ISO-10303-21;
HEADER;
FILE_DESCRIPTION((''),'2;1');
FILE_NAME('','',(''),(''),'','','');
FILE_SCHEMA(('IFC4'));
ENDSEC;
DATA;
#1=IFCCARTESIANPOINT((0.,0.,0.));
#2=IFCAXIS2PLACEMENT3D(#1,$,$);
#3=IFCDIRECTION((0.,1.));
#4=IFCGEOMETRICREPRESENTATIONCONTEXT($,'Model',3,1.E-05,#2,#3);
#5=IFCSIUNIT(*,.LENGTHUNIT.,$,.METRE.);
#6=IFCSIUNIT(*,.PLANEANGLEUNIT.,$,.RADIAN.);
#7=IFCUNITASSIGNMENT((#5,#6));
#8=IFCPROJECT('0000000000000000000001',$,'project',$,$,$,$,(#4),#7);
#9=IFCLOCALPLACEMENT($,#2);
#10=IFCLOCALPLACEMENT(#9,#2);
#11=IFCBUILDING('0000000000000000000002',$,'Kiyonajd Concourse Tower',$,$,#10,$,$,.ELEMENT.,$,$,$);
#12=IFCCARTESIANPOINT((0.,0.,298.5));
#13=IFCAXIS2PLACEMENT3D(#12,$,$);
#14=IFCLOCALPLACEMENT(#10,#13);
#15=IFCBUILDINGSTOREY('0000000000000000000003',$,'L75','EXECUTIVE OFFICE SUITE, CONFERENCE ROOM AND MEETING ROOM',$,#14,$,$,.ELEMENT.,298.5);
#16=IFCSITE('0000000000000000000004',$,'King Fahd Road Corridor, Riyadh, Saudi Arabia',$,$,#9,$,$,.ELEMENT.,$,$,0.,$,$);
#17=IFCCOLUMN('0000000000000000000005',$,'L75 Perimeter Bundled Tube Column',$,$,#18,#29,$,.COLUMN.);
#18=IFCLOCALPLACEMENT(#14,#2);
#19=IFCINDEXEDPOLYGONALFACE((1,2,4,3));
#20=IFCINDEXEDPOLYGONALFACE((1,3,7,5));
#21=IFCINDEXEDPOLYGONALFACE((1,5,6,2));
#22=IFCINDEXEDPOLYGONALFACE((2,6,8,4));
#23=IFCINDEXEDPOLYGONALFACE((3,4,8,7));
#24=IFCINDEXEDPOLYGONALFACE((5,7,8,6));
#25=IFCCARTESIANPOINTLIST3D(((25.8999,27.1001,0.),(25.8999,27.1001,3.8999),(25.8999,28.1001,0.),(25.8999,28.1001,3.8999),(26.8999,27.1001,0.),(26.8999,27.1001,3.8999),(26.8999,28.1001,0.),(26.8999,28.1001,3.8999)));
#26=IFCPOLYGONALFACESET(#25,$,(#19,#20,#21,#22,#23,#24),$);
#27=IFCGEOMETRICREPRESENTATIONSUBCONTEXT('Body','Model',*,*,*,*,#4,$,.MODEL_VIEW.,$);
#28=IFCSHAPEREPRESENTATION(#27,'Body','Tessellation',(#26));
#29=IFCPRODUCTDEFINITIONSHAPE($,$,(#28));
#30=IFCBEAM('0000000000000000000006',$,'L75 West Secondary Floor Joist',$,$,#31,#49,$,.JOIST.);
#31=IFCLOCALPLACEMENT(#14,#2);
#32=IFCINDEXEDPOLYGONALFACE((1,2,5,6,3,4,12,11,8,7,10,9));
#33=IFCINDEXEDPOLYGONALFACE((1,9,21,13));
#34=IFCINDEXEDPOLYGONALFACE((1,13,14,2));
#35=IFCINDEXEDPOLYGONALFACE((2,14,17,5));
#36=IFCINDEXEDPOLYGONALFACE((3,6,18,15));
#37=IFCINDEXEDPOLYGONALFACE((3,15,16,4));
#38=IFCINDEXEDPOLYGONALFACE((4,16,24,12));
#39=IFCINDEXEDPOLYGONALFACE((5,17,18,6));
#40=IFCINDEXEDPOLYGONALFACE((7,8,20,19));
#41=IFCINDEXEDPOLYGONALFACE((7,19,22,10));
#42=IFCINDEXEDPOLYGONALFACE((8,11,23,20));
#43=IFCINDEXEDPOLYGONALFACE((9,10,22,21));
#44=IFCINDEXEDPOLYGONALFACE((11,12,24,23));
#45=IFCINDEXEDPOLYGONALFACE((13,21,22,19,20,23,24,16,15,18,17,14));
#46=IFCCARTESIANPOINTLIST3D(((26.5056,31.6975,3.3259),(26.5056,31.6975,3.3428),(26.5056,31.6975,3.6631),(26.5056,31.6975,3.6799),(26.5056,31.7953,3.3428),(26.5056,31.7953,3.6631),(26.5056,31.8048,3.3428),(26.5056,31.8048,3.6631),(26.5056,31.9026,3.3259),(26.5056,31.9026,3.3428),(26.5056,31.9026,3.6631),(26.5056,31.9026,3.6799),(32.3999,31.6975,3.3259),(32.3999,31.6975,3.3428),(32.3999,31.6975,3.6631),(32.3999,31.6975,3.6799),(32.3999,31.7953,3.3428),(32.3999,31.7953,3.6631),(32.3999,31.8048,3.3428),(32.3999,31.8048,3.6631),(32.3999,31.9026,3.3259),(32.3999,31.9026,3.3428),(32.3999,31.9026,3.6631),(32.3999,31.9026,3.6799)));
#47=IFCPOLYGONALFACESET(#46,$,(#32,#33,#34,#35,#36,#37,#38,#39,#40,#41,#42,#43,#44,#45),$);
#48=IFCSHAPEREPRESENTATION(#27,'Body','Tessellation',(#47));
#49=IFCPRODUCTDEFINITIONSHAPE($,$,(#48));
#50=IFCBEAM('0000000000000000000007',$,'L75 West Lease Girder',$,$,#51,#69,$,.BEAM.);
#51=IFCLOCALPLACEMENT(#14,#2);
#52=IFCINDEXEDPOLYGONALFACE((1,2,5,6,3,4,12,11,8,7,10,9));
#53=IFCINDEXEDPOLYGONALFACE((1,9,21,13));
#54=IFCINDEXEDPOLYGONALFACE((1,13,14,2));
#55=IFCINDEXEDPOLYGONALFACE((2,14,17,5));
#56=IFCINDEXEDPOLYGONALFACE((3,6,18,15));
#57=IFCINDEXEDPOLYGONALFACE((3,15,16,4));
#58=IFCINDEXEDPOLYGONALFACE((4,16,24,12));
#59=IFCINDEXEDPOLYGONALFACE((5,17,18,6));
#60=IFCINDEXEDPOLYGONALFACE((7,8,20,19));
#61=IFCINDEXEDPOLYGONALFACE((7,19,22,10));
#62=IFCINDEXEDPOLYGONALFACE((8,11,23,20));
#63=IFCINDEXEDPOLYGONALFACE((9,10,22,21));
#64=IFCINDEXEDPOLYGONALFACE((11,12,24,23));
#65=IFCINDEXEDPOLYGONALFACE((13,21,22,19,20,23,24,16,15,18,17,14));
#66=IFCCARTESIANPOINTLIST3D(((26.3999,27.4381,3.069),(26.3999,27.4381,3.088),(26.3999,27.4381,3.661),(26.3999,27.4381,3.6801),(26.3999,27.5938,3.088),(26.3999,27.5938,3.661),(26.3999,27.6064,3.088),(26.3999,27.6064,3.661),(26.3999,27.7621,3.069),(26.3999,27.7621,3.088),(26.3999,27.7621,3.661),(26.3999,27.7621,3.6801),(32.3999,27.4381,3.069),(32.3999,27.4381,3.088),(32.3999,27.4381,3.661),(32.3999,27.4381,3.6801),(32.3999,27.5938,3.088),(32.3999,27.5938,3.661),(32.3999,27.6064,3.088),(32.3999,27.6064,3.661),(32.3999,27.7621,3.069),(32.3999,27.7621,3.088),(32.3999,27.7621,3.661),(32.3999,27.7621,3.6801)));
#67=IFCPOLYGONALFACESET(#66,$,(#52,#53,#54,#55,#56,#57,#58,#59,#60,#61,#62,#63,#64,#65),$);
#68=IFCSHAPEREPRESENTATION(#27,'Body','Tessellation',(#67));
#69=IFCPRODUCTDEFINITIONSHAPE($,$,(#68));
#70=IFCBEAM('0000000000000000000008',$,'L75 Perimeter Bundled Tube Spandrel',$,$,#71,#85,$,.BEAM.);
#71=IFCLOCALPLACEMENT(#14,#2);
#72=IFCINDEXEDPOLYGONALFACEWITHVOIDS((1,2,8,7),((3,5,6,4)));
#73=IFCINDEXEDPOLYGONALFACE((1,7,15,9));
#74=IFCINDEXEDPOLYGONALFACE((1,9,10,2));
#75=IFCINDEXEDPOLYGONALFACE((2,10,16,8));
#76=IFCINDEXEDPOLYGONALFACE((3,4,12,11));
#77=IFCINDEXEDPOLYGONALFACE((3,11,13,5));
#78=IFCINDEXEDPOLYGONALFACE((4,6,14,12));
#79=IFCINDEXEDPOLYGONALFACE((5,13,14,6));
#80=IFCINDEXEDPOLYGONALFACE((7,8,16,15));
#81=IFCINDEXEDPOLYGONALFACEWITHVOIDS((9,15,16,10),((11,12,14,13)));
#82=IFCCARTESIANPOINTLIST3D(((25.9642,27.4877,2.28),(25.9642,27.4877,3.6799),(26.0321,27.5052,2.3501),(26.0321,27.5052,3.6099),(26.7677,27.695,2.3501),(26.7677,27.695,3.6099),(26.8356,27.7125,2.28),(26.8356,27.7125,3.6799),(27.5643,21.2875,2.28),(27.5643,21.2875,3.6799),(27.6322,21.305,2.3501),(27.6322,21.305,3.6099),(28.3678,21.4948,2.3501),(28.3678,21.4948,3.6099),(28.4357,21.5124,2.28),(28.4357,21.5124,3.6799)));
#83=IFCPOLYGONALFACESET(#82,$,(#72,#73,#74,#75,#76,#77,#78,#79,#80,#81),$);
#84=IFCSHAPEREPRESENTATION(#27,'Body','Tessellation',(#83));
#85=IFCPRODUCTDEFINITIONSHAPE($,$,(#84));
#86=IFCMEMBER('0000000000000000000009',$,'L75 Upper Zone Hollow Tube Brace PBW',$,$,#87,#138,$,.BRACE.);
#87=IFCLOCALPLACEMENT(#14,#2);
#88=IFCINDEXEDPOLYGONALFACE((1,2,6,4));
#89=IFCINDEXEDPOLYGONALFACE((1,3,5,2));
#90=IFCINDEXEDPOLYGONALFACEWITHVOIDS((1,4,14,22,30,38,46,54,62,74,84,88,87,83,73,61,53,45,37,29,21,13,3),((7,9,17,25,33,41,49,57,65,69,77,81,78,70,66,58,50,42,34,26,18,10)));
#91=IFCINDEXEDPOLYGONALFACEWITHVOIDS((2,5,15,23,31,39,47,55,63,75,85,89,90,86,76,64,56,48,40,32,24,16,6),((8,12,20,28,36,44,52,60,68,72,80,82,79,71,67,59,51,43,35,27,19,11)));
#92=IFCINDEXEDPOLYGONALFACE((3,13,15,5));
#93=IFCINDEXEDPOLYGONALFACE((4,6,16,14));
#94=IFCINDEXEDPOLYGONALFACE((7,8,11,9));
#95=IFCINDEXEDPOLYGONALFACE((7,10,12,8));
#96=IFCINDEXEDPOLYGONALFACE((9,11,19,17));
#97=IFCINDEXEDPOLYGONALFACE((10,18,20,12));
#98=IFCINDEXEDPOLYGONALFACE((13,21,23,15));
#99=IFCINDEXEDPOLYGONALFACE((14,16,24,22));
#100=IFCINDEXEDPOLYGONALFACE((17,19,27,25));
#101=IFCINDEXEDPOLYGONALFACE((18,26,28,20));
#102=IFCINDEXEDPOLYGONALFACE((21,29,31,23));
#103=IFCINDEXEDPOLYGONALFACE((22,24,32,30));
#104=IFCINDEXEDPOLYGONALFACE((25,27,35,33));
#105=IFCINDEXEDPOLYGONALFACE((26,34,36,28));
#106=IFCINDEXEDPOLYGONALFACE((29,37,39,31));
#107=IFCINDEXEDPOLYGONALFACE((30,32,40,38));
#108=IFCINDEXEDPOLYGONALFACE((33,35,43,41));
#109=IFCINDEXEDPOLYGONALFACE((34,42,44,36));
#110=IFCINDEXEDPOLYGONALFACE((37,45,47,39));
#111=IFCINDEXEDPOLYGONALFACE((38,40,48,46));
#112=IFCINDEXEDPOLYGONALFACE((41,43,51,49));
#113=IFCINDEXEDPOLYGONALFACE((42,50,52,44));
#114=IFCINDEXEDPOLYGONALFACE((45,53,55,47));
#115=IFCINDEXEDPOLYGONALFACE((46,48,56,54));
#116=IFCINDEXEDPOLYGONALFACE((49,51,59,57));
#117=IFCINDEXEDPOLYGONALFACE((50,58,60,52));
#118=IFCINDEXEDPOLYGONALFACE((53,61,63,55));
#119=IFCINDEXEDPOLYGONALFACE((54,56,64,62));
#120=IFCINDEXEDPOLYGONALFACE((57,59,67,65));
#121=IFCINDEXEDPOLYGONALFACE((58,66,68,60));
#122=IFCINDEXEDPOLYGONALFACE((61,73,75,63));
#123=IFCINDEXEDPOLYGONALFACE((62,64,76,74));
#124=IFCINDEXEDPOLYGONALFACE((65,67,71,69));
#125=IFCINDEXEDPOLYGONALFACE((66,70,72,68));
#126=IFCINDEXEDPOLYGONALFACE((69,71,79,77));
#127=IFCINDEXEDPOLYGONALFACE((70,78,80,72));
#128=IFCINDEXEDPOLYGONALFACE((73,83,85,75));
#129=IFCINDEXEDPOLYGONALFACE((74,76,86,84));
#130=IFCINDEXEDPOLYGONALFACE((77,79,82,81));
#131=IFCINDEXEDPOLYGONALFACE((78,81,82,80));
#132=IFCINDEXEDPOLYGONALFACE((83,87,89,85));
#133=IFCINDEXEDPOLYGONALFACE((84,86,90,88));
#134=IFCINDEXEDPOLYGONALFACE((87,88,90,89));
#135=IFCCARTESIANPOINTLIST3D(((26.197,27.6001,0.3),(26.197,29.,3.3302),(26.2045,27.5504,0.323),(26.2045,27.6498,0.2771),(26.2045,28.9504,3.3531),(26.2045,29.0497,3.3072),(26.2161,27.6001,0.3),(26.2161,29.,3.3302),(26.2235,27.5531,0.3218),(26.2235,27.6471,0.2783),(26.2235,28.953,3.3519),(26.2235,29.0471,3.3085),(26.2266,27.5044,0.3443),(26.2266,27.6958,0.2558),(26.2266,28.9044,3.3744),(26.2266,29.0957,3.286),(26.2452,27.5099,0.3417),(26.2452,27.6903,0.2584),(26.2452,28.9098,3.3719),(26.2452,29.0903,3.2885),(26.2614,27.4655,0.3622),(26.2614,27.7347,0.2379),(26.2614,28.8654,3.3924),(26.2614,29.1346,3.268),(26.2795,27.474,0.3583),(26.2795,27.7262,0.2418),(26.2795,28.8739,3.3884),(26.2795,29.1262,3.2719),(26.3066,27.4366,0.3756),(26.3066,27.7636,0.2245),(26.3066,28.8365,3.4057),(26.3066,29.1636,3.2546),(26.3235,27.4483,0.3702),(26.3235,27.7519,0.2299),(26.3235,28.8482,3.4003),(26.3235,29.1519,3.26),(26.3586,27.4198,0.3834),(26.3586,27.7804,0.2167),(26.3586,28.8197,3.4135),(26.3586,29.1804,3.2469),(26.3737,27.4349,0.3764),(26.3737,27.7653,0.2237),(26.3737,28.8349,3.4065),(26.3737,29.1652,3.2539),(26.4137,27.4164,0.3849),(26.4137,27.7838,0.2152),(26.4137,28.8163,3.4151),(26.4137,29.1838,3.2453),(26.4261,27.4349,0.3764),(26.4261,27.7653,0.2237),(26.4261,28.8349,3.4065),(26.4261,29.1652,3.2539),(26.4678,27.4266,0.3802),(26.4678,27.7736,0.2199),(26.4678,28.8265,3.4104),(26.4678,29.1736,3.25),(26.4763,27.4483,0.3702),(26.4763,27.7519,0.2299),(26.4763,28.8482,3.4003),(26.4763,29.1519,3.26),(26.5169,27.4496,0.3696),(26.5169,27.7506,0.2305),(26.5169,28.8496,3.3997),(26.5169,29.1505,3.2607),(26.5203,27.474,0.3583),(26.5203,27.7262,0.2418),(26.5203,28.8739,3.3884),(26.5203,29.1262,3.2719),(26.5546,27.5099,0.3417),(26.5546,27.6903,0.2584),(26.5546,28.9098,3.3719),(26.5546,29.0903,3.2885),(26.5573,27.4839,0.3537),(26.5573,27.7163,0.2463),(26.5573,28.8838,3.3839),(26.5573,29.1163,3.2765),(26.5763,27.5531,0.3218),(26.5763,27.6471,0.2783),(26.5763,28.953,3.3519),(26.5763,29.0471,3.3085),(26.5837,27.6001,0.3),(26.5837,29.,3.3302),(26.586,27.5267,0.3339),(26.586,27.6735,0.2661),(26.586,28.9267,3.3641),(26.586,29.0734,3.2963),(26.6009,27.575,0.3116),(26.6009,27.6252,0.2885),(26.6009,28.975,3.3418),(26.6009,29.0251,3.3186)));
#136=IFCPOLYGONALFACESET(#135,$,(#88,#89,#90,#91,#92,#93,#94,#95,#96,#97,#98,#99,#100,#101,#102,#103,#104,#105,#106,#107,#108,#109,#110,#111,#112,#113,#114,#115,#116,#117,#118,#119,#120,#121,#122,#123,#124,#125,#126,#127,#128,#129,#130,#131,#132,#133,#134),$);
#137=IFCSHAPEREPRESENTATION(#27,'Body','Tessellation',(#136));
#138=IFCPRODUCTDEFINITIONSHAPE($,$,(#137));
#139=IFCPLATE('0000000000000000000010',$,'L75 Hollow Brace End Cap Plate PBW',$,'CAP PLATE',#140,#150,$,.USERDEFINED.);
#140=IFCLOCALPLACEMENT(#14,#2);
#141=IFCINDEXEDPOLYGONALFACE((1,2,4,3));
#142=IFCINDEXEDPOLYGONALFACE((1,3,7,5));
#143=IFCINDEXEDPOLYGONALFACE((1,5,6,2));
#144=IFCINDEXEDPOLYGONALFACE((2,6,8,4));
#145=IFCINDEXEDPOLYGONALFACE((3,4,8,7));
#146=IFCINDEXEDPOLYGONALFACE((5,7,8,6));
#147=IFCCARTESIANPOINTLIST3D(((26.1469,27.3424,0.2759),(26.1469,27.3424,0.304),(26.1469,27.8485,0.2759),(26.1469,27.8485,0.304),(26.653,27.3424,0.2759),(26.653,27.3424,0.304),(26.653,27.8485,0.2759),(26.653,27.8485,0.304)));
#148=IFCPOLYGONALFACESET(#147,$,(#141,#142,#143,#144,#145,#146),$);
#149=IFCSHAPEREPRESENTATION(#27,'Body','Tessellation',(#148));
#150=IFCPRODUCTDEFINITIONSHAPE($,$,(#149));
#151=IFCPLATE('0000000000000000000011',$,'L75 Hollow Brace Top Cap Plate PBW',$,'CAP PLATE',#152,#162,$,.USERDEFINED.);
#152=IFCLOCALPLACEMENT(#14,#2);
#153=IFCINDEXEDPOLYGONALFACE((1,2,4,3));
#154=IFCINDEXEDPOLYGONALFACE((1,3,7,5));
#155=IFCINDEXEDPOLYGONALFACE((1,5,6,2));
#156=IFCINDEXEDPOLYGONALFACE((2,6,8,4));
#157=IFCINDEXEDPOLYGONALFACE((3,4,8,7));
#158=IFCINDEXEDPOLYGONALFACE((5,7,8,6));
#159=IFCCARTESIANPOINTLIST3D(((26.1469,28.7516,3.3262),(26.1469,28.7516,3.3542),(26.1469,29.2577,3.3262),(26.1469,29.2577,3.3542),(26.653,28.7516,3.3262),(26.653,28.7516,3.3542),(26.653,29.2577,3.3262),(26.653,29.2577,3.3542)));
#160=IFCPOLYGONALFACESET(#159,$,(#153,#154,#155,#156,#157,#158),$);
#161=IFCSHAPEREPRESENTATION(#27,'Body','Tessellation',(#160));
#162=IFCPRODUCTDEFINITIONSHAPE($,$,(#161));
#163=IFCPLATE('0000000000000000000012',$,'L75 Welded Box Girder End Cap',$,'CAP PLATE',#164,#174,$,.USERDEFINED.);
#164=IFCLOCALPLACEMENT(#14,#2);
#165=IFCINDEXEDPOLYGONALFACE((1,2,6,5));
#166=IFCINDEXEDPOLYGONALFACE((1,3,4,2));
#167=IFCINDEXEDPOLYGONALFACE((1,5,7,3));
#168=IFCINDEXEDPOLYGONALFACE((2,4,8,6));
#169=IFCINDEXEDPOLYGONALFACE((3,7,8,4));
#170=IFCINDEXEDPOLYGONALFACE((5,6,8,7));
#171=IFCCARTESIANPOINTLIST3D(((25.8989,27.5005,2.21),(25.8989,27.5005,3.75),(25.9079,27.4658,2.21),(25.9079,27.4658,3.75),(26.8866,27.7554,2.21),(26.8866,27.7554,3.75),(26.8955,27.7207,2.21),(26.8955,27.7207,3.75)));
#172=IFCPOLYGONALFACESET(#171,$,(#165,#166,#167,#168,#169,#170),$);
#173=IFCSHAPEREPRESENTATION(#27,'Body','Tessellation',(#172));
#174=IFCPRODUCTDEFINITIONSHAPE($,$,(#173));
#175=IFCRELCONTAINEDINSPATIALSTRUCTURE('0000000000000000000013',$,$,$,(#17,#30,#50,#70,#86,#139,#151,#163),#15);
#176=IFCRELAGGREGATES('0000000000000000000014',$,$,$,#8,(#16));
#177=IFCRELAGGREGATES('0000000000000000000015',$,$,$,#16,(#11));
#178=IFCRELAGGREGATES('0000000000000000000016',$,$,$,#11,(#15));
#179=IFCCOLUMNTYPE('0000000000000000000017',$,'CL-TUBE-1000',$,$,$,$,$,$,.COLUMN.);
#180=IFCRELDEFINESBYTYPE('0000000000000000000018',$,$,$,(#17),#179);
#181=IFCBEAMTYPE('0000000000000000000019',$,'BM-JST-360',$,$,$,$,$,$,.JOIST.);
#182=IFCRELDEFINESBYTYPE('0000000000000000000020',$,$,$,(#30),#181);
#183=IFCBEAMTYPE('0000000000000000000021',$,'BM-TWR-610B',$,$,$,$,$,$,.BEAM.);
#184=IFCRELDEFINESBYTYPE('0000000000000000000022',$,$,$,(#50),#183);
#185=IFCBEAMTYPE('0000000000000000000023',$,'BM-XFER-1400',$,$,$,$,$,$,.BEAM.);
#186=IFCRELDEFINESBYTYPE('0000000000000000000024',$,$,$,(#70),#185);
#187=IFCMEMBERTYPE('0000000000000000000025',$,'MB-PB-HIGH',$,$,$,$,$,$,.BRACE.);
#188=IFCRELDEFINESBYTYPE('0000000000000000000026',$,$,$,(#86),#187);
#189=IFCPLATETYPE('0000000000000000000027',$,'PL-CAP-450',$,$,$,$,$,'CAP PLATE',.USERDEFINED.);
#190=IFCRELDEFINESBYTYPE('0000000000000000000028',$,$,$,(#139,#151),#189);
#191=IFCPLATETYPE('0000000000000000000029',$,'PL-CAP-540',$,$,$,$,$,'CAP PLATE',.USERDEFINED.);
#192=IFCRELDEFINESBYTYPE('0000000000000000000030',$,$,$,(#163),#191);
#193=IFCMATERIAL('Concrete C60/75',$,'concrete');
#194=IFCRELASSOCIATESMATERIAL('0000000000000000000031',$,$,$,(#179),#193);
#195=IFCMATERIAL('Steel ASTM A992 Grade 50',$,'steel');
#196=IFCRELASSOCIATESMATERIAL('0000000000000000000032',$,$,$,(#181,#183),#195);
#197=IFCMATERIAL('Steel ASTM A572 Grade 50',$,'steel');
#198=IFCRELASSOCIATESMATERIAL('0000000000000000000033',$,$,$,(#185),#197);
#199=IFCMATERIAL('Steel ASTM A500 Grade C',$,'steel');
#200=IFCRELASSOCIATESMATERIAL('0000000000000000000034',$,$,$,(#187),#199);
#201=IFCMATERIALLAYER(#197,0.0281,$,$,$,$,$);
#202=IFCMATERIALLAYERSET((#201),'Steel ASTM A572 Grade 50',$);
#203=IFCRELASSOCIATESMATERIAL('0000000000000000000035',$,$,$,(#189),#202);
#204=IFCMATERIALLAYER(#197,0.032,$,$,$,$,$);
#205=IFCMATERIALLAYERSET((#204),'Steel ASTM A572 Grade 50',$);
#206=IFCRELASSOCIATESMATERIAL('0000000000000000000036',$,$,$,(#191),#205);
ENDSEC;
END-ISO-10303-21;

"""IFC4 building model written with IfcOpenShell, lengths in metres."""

from ifc_helpers import new_model, si_unit, direction, frame, origin, origin_2d, place, context, subcontext, project, spatial, rectangle, hollow_rectangle, hollow_circle, i_section, extrude, material, layer, layer_set, material_profile, profile_set, type_object, element, save


model = new_model("IFC4")

# Units and contexts
model_context = context("Model", 3, precision=1e-05, world=origin(), true_north=direction((0.0, 1.0)))
body_context = subcontext(model_context, "Body", "Model", "MODEL_VIEW")
ifc_project = project(units=[si_unit("LENGTHUNIT", "METRE"), si_unit("PLANEANGLEUNIT", "RADIAN")], contexts=[model_context])

# Site, building, storey
site_placement = place(None, origin())
site = spatial("IfcSite", under=ifc_project, at=site_placement, Name="King Fahd Road Corridor, Riyadh, Saudi Arabia", CompositionType="ELEMENT", RefElevation=0.0)
building_placement = place(site_placement, origin())
building = spatial("IfcBuilding", under=site, at=building_placement, Name="Kiyonajd Concourse Tower", CompositionType="ELEMENT")
storey_placement = place(building_placement, frame((0.0, 0.0, 298.5)))
storey = spatial("IfcBuildingStorey", under=building, at=storey_placement, Name="L75", Description="EXECUTIVE OFFICE SUITE, CONFERENCE ROOM AND MEETING ROOM", CompositionType="ELEMENT", Elevation=298.5)

# Column
ifc_material_1 = material(Name="Concrete C60/75", Category="concrete")
ifc_material_profile_1 = material_profile(ifc_material_1, rectangle(XDim=1.0, YDim=1.0, at=origin_2d()), Name="RC-1000x1000")
ifc_profile_set_1 = profile_set([ifc_material_profile_1], Name="Concrete C60/75")
column_type = type_object("IfcColumnType", Name="CL-TUBE-1000", PredefinedType="COLUMN", material=ifc_profile_set_1)
column_placement = place(storey_placement, frame((26.3999, 27.6001, 0.0), z_axis=(0.0, 0.0, 1.0), x_axis=(1.0, 0.0, 0.0)))
element("IfcColumn", 1, at=column_placement, inside=storey, type_object=column_type, Name="L75 Perimeter Bundled Tube Column", PredefinedType="COLUMN", context=body_context, shape_type="SweptSolid", body=[
    extrude(rectangle(XDim=1.0, YDim=1.0, at=origin_2d()), origin(), (0.0, 0.0, 1.0), 3.8999),
])

# Beams
ifc_material_2 = material(Name="Steel ASTM A992 Grade 50", Category="steel")
ifc_material_profile_2 = material_profile(ifc_material_2, i_section(OverallWidth=0.2051, OverallDepth=0.354, WebThickness=0.0095, FlangeThickness=0.0168, at=origin_2d()), Name="W360X79")
ifc_profile_set_2 = profile_set([ifc_material_profile_2], Name="Steel ASTM A992 Grade 50")
beam_type_1 = type_object("IfcBeamType", Name="BM-JST-360", PredefinedType="JOIST", material=ifc_profile_set_2)
beam_1_placement = place(storey_placement, frame((26.5056, 31.8, 3.5029), z_axis=(1.0, 0.0, 0.0), x_axis=(0.0, 1.0, 0.0)))
element("IfcBeam", 2, at=beam_1_placement, inside=storey, type_object=beam_type_1, Name="L75 West Secondary Floor Joist", PredefinedType="JOIST", context=body_context, shape_type="SweptSolid", body=[
    extrude(i_section(OverallWidth=0.2051, OverallDepth=0.354, WebThickness=0.0095, FlangeThickness=0.0168, at=origin_2d()), origin(), (0.0, 0.0, 1.0), 5.8943),
])
ifc_material_profile_3 = material_profile(ifc_material_2, i_section(OverallWidth=0.324, OverallDepth=0.6111, WebThickness=0.0127, FlangeThickness=0.019, at=origin_2d()), Name="W610X155")
ifc_profile_set_3 = profile_set([ifc_material_profile_3], Name="Steel ASTM A992 Grade 50")
beam_type_2 = type_object("IfcBeamType", Name="BM-TWR-610B", PredefinedType="BEAM", material=ifc_profile_set_3)
beam_2_placement = place(storey_placement, frame((26.3999, 27.6001, 3.3745), z_axis=(1.0, 0.0, 0.0), x_axis=(0.0, 1.0, 0.0)))
element("IfcBeam", 3, at=beam_2_placement, inside=storey, type_object=beam_type_2, Name="L75 West Lease Girder", PredefinedType="BEAM", context=body_context, shape_type="SweptSolid", body=[
    extrude(i_section(OverallWidth=0.324, OverallDepth=0.6111, WebThickness=0.0127, FlangeThickness=0.019, at=origin_2d()), origin(), (0.0, 0.0, 1.0), 6.0),
])
ifc_material_3 = material(Name="Steel ASTM A572 Grade 50", Category="steel")
ifc_material_profile_4 = material_profile(ifc_material_3, hollow_rectangle(XDim=0.8999, YDim=1.3999, WallThickness=0.0701, at=origin_2d()), Name="BOX-1400x900x70")
ifc_profile_set_4 = profile_set([ifc_material_profile_4], Name="Steel ASTM A572 Grade 50")
beam_type_3 = type_object("IfcBeamType", Name="BM-XFER-1400", PredefinedType="BEAM", material=ifc_profile_set_4)
beam_3_placement = place(storey_placement, frame((26.3999, 27.6001, 2.98), z_axis=(0.249885, -0.968276, 0.0), x_axis=(0.968276, 0.249885, 0.0)))
element("IfcBeam", 4, at=beam_3_placement, inside=storey, type_object=beam_type_3, Name="L75 Perimeter Bundled Tube Spandrel", PredefinedType="BEAM", context=body_context, shape_type="SweptSolid", body=[
    extrude(hollow_rectangle(XDim=0.8999, YDim=1.3999, WallThickness=0.0701, at=origin_2d()), origin(), (0.0, 0.0, 1.0), 6.4033),
])

# Member
ifc_material_4 = material(Name="Steel ASTM A500 Grade C", Category="steel")
ifc_material_profile_5 = material_profile(ifc_material_4, hollow_circle(Radius=0.2029, WallThickness=0.019, at=origin_2d()), Name="CHS-406x19")
ifc_profile_set_5 = profile_set([ifc_material_profile_5], Name="Steel ASTM A500 Grade C")
member_type = type_object("IfcMemberType", Name="MB-PB-HIGH", PredefinedType="BRACE", material=ifc_profile_set_5)
member_placement = place(storey_placement, frame((26.3999, 27.6001, 0.3), z_axis=(0.0, 0.419411, 0.907797), x_axis=(-1.0, 0.0, 0.0)))
element("IfcMember", 5, at=member_placement, inside=storey, type_object=member_type, Name="L75 Upper Zone Hollow Tube Brace PBW", PredefinedType="BRACE", context=body_context, shape_type="SweptSolid", body=[
    extrude(hollow_circle(Radius=0.2029, WallThickness=0.019, at=origin_2d()), origin(), (0.0, 0.0, 1.0), 3.3379),
])

# Plates
ifc_layer_1 = layer(ifc_material_3, 0.0281)
ifc_layer_set_1 = layer_set([ifc_layer_1], Name="Steel ASTM A572 Grade 50")
plate_type_1 = type_object("IfcPlateType", Name="PL-CAP-450", ElementType="CAP PLATE", PredefinedType="USERDEFINED", material=ifc_layer_set_1)
for number, where, z_axis, x_axis, name in (
    (6, (26.3999, 27.5955, 0.2759), (0.0, 0.0, 1.0), (1.0, 0.0, 0.0), "L75 Hollow Brace End Cap Plate PBW"),
    (7, (26.3999, 29.0046, 3.3262), (0.0, 0.0, 1.0), (1.0, 0.0, 0.0), "L75 Hollow Brace Top Cap Plate PBW"),
):
    element("IfcPlate", number, at=place(storey_placement, frame(where, z_axis=z_axis, x_axis=x_axis)), inside=storey, type_object=plate_type_1, Name=name, ObjectType="CAP PLATE", PredefinedType="USERDEFINED", context=body_context, shape_type="SweptSolid", body=[
        extrude(rectangle(XDim=0.5061, YDim=0.5061, at=origin_2d()), origin(), (0.0, 0.0, 1.0), 0.0281),
    ])
ifc_layer_2 = layer(ifc_material_3, 0.032)
ifc_layer_set_2 = layer_set([ifc_layer_2], Name="Steel ASTM A572 Grade 50")
plate_type_2 = type_object("IfcPlateType", Name="PL-CAP-540", ElementType="CAP PLATE", PredefinedType="USERDEFINED", material=ifc_layer_set_2)
plate_placement = place(storey_placement, frame((26.3972, 27.6106, 2.21), z_axis=(0.0, 0.0, 1.0), x_axis=(-0.249873, 0.968279, 0.0)))
element("IfcPlate", 8, at=plate_placement, inside=storey, type_object=plate_type_2, Name="L75 Welded Box Girder End Cap", ObjectType="CAP PLATE", PredefinedType="USERDEFINED", context=body_context, shape_type="SweptSolid", body=[
    extrude(rectangle(XDim=0.0359, YDim=1.02, at=origin_2d()), origin(), (0.0, 0.0, 1.0), 1.54),
])

save(model, "model.ifc")
